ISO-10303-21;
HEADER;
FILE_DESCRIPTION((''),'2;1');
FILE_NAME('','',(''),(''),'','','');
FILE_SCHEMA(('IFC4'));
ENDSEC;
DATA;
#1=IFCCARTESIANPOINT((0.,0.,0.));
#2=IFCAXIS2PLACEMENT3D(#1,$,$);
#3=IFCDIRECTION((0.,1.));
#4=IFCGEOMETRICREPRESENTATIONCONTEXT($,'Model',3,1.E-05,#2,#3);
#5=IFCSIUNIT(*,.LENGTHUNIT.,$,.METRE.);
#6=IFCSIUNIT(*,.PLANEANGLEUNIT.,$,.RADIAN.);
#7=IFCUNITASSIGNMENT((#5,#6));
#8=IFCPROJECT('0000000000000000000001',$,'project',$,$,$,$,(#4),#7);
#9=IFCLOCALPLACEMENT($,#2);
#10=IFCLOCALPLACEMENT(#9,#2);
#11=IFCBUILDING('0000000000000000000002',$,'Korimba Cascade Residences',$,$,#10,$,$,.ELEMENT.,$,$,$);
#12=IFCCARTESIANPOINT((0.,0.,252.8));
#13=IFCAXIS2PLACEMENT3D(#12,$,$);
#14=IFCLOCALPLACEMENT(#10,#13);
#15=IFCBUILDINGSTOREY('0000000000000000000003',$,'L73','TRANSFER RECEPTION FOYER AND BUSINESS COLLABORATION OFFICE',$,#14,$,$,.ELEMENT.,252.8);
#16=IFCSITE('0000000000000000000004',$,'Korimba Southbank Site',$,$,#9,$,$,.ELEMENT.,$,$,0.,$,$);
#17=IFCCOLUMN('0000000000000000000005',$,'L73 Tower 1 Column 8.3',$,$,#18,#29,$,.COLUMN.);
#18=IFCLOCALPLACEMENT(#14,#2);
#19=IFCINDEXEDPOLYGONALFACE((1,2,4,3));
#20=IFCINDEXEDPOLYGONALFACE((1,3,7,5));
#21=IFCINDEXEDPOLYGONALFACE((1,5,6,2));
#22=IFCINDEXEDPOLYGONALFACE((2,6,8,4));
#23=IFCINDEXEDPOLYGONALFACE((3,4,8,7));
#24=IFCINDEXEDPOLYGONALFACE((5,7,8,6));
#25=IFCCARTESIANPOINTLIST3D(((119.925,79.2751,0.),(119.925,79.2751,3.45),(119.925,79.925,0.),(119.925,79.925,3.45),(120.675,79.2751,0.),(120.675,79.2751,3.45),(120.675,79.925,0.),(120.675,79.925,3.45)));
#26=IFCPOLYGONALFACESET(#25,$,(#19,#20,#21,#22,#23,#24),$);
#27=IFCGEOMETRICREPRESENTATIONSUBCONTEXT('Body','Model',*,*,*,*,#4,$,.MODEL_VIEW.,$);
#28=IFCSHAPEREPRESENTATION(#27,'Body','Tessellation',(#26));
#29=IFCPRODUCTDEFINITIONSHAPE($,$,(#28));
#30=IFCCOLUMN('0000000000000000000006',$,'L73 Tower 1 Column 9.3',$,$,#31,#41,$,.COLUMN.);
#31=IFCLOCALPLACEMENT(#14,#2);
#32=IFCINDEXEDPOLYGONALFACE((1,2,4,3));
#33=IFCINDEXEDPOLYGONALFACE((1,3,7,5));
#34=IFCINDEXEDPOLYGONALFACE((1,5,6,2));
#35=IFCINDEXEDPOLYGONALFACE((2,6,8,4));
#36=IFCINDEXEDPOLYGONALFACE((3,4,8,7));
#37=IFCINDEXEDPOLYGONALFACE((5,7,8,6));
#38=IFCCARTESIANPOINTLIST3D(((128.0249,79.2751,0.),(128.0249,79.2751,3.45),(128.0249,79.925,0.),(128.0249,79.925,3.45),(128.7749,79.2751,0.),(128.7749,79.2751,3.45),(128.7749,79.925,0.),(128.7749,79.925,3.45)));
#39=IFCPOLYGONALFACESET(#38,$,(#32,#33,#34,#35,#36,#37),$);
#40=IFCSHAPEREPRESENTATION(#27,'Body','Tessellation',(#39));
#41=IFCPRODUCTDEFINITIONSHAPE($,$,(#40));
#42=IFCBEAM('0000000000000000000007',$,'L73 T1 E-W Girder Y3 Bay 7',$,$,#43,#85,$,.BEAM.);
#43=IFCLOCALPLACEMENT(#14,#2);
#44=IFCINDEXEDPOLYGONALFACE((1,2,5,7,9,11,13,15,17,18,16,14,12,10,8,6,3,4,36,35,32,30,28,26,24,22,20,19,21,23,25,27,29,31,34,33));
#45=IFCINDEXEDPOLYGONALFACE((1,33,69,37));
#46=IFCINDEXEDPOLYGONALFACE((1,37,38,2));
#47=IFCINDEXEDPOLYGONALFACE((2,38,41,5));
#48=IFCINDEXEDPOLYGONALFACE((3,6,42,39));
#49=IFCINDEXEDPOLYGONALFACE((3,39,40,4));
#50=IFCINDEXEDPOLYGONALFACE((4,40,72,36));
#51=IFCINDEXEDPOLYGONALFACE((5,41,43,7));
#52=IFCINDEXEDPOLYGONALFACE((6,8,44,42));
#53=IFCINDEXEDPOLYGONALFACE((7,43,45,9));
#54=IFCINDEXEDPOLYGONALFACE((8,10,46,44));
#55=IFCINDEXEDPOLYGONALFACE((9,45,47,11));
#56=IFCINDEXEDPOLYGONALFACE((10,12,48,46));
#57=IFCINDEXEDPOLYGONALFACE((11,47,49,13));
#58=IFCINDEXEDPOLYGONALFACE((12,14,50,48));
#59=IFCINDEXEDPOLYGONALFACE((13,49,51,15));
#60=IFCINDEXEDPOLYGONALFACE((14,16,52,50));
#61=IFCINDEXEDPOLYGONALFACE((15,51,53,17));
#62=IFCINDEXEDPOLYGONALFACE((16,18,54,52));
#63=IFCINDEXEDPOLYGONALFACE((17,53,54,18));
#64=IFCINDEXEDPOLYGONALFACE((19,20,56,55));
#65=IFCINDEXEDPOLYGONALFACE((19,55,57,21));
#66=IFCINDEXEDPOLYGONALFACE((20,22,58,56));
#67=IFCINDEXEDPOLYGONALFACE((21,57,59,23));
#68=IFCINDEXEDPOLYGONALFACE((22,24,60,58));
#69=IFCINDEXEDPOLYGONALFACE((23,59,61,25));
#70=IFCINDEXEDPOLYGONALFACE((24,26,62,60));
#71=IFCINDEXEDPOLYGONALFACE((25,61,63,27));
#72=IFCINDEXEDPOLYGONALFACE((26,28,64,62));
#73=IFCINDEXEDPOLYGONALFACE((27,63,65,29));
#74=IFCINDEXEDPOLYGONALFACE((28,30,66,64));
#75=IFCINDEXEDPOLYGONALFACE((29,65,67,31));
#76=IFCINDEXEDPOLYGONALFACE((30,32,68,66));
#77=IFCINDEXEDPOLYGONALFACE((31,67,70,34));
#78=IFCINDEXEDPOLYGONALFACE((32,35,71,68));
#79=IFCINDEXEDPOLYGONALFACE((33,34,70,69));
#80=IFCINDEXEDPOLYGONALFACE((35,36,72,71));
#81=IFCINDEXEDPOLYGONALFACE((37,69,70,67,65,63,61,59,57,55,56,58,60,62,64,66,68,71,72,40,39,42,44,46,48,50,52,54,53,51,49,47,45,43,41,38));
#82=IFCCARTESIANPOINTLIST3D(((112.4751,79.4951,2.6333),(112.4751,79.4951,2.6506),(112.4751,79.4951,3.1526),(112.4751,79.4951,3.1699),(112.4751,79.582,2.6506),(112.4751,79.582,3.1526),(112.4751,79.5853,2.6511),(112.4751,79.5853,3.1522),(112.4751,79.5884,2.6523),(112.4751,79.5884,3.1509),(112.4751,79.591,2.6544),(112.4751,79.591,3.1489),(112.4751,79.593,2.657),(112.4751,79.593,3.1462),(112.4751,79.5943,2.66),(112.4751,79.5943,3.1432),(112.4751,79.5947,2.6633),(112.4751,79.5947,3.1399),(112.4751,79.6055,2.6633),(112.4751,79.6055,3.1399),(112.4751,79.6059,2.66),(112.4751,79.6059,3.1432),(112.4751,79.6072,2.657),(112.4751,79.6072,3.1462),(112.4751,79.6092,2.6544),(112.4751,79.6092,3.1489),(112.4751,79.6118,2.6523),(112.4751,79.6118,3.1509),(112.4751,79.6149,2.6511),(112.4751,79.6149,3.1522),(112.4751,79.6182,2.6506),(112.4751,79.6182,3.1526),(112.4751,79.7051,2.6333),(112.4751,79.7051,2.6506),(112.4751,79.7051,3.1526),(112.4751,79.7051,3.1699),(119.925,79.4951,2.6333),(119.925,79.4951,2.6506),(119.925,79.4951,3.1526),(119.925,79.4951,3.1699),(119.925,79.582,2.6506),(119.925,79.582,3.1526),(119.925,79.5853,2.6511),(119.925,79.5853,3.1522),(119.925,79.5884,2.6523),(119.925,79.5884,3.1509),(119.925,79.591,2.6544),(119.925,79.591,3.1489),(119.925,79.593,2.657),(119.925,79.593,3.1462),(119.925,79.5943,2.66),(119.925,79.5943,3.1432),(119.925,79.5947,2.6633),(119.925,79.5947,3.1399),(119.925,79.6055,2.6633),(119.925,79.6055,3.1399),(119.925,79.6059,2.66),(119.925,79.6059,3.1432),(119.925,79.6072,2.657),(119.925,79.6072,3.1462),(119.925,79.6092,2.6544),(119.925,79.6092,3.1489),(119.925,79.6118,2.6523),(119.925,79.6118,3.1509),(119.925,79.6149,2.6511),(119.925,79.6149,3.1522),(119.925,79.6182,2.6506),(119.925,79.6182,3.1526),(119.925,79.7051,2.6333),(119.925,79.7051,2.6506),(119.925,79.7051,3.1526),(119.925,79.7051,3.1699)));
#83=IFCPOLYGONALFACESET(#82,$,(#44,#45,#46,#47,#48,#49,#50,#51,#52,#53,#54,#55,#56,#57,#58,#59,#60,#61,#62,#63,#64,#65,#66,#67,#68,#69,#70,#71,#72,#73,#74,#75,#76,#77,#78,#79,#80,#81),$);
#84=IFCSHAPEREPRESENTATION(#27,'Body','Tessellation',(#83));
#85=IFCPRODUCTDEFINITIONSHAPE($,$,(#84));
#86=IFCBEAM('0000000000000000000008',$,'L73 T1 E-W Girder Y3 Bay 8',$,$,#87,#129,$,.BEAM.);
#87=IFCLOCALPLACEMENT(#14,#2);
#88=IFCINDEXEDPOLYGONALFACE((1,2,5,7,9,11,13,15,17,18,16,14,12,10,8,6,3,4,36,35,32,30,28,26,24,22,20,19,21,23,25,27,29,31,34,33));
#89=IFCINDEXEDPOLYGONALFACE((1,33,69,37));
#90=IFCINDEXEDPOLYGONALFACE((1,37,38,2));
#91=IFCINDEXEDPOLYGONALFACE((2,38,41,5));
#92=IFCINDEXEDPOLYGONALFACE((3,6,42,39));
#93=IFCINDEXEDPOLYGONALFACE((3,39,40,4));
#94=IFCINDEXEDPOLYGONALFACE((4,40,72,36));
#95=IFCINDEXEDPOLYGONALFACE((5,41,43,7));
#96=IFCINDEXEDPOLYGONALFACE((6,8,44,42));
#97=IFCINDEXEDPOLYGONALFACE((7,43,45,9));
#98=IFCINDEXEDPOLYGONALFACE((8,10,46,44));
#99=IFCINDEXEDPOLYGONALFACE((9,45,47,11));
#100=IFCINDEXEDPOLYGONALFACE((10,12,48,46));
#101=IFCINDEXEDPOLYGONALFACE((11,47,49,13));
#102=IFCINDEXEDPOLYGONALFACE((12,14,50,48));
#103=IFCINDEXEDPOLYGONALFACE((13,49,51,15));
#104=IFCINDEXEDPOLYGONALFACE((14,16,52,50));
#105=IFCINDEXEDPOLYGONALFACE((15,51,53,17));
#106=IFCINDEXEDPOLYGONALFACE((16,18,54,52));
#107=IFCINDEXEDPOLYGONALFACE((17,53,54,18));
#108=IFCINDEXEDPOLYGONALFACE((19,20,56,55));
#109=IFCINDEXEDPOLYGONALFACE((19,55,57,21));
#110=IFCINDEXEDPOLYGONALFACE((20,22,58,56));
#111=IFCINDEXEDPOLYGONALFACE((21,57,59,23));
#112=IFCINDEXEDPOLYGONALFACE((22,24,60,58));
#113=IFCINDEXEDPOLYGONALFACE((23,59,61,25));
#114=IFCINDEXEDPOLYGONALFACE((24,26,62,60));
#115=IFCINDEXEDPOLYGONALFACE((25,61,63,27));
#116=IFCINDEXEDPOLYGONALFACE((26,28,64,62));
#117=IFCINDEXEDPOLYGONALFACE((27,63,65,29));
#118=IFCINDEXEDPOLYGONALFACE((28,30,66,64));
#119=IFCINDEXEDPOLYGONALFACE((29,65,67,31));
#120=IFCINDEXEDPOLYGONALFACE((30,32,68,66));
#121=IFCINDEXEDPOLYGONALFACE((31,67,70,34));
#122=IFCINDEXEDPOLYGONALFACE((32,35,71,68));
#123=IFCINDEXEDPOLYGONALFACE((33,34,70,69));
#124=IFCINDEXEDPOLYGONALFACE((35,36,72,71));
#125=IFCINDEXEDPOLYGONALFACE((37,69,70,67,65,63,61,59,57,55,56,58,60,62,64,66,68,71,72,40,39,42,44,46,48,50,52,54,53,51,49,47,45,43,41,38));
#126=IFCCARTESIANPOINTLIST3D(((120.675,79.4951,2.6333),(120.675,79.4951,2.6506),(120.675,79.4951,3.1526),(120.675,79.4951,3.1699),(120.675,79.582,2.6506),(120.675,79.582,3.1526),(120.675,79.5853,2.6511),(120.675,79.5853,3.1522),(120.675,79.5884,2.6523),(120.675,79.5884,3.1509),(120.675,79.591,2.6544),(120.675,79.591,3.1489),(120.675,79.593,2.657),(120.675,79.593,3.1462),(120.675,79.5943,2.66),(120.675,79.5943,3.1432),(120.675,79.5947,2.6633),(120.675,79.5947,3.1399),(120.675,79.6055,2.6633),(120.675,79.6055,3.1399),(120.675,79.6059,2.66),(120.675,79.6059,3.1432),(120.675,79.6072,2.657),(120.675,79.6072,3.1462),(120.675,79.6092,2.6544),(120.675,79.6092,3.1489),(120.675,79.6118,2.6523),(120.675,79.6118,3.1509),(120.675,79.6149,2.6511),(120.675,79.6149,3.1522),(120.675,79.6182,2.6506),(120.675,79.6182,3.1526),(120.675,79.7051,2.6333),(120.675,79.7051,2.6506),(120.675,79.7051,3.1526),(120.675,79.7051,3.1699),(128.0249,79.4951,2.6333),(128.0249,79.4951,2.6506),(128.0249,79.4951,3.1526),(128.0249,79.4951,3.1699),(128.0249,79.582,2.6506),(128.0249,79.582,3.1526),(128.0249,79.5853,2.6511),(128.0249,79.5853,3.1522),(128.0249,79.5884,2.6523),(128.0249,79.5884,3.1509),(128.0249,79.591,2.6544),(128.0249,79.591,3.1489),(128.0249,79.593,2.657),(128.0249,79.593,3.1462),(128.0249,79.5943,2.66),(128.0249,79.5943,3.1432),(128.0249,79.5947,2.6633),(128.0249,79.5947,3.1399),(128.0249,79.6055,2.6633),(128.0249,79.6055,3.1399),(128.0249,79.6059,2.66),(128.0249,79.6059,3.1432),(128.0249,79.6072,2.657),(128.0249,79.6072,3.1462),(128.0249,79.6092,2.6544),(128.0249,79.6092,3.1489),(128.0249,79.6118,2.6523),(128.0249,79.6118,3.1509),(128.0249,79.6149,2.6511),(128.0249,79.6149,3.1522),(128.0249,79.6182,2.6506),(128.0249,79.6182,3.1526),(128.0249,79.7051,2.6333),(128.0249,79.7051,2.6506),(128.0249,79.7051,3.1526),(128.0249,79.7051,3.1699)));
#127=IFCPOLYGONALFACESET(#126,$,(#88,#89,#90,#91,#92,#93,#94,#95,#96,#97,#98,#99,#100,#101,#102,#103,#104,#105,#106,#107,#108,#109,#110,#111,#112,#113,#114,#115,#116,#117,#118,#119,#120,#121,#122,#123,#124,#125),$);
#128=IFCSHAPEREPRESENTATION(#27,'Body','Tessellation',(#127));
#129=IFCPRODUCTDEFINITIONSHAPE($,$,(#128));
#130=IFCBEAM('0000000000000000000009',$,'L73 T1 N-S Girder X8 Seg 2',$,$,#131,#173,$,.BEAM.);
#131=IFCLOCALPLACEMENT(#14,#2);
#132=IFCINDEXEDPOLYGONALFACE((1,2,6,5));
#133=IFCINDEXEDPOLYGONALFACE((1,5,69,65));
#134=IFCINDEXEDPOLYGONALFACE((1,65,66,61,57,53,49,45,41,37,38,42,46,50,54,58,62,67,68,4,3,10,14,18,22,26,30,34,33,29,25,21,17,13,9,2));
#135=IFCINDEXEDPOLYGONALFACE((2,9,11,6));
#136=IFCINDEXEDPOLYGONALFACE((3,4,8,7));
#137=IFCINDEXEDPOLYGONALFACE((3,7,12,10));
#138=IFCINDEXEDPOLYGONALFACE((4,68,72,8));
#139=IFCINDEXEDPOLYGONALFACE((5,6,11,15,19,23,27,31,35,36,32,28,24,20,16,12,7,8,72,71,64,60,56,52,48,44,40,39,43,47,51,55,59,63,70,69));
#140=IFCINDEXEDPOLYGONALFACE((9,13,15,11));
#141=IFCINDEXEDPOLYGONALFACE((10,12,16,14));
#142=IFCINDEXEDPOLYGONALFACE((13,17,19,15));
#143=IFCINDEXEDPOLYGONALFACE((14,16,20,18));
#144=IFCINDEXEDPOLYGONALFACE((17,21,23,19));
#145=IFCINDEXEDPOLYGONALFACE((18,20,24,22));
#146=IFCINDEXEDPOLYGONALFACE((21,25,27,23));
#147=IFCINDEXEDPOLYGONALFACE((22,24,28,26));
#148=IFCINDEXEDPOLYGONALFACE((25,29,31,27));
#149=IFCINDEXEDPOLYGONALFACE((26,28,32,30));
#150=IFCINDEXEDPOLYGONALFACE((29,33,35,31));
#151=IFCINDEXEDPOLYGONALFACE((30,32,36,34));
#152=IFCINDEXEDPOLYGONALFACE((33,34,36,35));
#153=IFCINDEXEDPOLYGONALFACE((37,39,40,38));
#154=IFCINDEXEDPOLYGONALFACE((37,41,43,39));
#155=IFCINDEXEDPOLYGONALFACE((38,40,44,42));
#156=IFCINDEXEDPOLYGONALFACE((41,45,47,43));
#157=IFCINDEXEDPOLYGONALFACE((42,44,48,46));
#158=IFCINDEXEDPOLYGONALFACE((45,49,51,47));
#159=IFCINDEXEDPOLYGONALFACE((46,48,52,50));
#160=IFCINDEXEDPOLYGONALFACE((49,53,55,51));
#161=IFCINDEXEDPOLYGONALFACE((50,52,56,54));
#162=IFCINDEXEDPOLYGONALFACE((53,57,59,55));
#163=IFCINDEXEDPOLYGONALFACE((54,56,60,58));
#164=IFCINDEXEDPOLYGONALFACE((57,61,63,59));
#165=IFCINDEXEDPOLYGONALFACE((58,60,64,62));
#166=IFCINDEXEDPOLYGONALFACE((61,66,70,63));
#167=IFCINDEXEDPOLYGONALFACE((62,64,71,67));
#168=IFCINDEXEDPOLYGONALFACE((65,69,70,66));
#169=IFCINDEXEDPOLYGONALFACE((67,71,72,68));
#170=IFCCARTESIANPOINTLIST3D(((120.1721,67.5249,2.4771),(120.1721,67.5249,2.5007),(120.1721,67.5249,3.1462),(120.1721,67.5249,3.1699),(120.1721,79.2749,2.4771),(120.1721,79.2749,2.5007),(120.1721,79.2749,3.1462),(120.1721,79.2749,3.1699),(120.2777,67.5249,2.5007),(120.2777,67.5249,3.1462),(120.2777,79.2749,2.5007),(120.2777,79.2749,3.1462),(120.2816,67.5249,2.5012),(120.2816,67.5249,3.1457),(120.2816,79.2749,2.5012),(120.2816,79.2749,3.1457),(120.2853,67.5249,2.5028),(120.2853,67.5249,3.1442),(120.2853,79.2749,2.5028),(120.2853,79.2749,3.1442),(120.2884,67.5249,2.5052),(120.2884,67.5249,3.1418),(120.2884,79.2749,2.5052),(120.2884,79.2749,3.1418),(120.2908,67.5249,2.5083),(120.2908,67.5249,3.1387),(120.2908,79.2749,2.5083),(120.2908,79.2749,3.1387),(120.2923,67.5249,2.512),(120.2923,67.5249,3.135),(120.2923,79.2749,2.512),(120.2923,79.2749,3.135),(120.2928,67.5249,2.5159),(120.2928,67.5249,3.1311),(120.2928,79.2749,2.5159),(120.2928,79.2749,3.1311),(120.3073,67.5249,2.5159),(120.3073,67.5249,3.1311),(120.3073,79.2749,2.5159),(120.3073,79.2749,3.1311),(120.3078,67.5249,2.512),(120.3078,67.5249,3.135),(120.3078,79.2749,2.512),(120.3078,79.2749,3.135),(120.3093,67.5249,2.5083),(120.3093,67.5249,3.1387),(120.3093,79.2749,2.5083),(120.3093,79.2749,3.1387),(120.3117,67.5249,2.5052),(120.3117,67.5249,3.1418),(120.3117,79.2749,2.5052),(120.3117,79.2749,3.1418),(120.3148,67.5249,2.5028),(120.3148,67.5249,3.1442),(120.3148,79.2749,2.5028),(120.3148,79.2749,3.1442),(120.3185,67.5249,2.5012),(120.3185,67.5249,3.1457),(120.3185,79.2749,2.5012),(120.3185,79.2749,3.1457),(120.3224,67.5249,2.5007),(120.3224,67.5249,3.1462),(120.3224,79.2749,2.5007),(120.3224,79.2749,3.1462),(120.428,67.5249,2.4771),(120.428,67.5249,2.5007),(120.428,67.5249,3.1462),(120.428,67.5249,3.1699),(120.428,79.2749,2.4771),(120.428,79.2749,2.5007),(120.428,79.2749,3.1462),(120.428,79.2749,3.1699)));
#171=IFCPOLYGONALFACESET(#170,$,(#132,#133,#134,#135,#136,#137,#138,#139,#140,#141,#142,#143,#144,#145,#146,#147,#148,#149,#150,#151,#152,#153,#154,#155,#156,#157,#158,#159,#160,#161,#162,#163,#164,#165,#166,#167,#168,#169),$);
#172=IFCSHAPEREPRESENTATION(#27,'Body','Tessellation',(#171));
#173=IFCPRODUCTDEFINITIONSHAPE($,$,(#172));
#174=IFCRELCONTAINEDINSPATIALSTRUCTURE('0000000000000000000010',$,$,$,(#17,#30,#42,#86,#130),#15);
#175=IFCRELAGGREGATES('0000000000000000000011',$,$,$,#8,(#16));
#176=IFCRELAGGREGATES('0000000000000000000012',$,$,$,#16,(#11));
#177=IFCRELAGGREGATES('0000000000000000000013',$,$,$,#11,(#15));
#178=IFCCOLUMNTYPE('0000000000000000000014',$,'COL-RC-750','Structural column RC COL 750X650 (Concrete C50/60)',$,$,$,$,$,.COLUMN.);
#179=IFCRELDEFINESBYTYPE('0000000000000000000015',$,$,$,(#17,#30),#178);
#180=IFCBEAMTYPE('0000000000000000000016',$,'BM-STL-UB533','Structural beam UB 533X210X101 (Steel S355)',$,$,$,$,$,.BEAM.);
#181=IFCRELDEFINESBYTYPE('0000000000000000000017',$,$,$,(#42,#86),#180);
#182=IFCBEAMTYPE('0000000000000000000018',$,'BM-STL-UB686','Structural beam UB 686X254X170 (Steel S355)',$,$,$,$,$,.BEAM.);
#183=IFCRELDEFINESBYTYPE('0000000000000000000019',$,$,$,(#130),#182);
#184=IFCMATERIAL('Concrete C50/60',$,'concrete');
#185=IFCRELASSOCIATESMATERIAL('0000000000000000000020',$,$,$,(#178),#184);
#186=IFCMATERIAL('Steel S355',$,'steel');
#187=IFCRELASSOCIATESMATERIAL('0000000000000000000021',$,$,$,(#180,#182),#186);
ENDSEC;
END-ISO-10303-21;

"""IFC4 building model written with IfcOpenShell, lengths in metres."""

from ifc_helpers import new_model, si_unit, direction, frame, origin, origin_2d, place, context, subcontext, project, spatial, rectangle, i_section, extrude, material, material_profile, profile_set, type_object, element, save


model = new_model("IFC4")

# Units and contexts
model_context = context("Model", 3, precision=1e-05, world=origin(), true_north=direction((0.0, 1.0)))
body_context = subcontext(model_context, "Body", "Model", "MODEL_VIEW")
ifc_project = project(units=[si_unit("LENGTHUNIT", "METRE"), si_unit("PLANEANGLEUNIT", "RADIAN")], contexts=[model_context])

# Site, building, storey
site_placement = place(None, origin())
site = spatial("IfcSite", under=ifc_project, at=site_placement, Name="Korimba Southbank Site", CompositionType="ELEMENT", RefElevation=0.0)
building_placement = place(site_placement, origin())
building = spatial("IfcBuilding", under=site, at=building_placement, Name="Korimba Cascade Residences", CompositionType="ELEMENT")
storey_placement = place(building_placement, frame((0.0, 0.0, 252.8)))
storey = spatial("IfcBuildingStorey", under=building, at=storey_placement, Name="L73", Description="TRANSFER RECEPTION FOYER AND BUSINESS COLLABORATION OFFICE", CompositionType="ELEMENT", Elevation=252.8)

# Columns
ifc_material_1 = material(Name="Concrete C50/60", Category="concrete")
ifc_material_profile_1 = material_profile(ifc_material_1, rectangle(XDim=0.75, YDim=0.6499, at=origin_2d()), Name="Concrete C50/60")
ifc_profile_set_1 = profile_set([ifc_material_profile_1], Name="Concrete C50/60")
column_type = type_object("IfcColumnType", Name="COL-RC-750", Description="Structural column RC COL 750X650 (Concrete C50/60)", PredefinedType="COLUMN", material=ifc_profile_set_1)
for number, where, z_axis, x_axis, name in (
    (1, (120.3, 79.6001, 0.0), (0.0, 0.0, 1.0), (1.0, 0.0, 0.0), "L73 Tower 1 Column 8.3"),
    (2, (128.3999, 79.6001, 0.0), (0.0, 0.0, 1.0), (1.0, 0.0, 0.0), "L73 Tower 1 Column 9.3"),
):
    element("IfcColumn", number, at=place(storey_placement, frame(where, z_axis=z_axis, x_axis=x_axis)), inside=storey, type_object=column_type, Name=name, PredefinedType="COLUMN", context=body_context, shape_type="SweptSolid", body=[
        extrude(rectangle(XDim=0.75, YDim=0.6499, at=origin_2d()), origin(), (0.0, 0.0, 1.0), 3.45),
    ])

# Beams
ifc_material_2 = material(Name="Steel S355", Category="steel")
ifc_material_profile_2 = material_profile(ifc_material_2, i_section(OverallWidth=0.21, OverallDepth=0.5366, WebThickness=0.0107, FlangeThickness=0.0173, FilletRadius=0.0127, at=origin_2d()), Name="Steel S355")
ifc_profile_set_2 = profile_set([ifc_material_profile_2], Name="Steel S355")
beam_type_1 = type_object("IfcBeamType", Name="BM-STL-UB533", Description="Structural beam UB 533X210X101 (Steel S355)", PredefinedType="BEAM", material=ifc_profile_set_2)
beam_1_placement = place(storey_placement, frame((112.4751, 79.6001, 2.9016), z_axis=(1.0, 0.0, 0.0), x_axis=(0.0, 1.0, 0.0)))
element("IfcBeam", 3, at=beam_1_placement, inside=storey, type_object=beam_type_1, Name="L73 T1 E-W Girder Y3 Bay 7", PredefinedType="BEAM", context=body_context, shape_type="SweptSolid", body=[
    extrude(i_section(OverallWidth=0.21, OverallDepth=0.5366, WebThickness=0.0107, FlangeThickness=0.0173, FilletRadius=0.0127, at=origin_2d()), origin(), (0.0, 0.0, 1.0), 7.45),
])
beam_2_placement = place(storey_placement, frame((120.675, 79.6001, 2.9016), z_axis=(1.0, 0.0, 0.0), x_axis=(0.0, 1.0, 0.0)))
element("IfcBeam", 4, at=beam_2_placement, inside=storey, type_object=beam_type_1, Name="L73 T1 E-W Girder Y3 Bay 8", PredefinedType="BEAM", context=body_context, shape_type="SweptSolid", body=[
    extrude(i_section(OverallWidth=0.21, OverallDepth=0.5366, WebThickness=0.0107, FlangeThickness=0.0173, FilletRadius=0.0127, at=origin_2d()), origin(), (0.0, 0.0, 1.0), 7.3499),
])
ifc_material_profile_3 = material_profile(ifc_material_2, i_section(OverallWidth=0.2559, OverallDepth=0.6929, WebThickness=0.0144, FlangeThickness=0.0237, FilletRadius=0.0151, at=origin_2d()), Name="Steel S355")
ifc_profile_set_3 = profile_set([ifc_material_profile_3], Name="Steel S355")
beam_type_2 = type_object("IfcBeamType", Name="BM-STL-UB686", Description="Structural beam UB 686X254X170 (Steel S355)", PredefinedType="BEAM", material=ifc_profile_set_3)
beam_3_placement = place(storey_placement, frame((120.3, 67.5249, 2.8235), z_axis=(0.0, 1.0, 0.0), x_axis=(-1.0, 0.0, 0.0)))
element("IfcBeam", 5, at=beam_3_placement, inside=storey, type_object=beam_type_2, Name="L73 T1 N-S Girder X8 Seg 2", PredefinedType="BEAM", context=body_context, shape_type="SweptSolid", body=[
    extrude(i_section(OverallWidth=0.2559, OverallDepth=0.6929, WebThickness=0.0144, FlangeThickness=0.0237, FilletRadius=0.0151, at=origin_2d()), origin(), (0.0, 0.0, 1.0), 11.75),
])

save(model, "model.ifc")
